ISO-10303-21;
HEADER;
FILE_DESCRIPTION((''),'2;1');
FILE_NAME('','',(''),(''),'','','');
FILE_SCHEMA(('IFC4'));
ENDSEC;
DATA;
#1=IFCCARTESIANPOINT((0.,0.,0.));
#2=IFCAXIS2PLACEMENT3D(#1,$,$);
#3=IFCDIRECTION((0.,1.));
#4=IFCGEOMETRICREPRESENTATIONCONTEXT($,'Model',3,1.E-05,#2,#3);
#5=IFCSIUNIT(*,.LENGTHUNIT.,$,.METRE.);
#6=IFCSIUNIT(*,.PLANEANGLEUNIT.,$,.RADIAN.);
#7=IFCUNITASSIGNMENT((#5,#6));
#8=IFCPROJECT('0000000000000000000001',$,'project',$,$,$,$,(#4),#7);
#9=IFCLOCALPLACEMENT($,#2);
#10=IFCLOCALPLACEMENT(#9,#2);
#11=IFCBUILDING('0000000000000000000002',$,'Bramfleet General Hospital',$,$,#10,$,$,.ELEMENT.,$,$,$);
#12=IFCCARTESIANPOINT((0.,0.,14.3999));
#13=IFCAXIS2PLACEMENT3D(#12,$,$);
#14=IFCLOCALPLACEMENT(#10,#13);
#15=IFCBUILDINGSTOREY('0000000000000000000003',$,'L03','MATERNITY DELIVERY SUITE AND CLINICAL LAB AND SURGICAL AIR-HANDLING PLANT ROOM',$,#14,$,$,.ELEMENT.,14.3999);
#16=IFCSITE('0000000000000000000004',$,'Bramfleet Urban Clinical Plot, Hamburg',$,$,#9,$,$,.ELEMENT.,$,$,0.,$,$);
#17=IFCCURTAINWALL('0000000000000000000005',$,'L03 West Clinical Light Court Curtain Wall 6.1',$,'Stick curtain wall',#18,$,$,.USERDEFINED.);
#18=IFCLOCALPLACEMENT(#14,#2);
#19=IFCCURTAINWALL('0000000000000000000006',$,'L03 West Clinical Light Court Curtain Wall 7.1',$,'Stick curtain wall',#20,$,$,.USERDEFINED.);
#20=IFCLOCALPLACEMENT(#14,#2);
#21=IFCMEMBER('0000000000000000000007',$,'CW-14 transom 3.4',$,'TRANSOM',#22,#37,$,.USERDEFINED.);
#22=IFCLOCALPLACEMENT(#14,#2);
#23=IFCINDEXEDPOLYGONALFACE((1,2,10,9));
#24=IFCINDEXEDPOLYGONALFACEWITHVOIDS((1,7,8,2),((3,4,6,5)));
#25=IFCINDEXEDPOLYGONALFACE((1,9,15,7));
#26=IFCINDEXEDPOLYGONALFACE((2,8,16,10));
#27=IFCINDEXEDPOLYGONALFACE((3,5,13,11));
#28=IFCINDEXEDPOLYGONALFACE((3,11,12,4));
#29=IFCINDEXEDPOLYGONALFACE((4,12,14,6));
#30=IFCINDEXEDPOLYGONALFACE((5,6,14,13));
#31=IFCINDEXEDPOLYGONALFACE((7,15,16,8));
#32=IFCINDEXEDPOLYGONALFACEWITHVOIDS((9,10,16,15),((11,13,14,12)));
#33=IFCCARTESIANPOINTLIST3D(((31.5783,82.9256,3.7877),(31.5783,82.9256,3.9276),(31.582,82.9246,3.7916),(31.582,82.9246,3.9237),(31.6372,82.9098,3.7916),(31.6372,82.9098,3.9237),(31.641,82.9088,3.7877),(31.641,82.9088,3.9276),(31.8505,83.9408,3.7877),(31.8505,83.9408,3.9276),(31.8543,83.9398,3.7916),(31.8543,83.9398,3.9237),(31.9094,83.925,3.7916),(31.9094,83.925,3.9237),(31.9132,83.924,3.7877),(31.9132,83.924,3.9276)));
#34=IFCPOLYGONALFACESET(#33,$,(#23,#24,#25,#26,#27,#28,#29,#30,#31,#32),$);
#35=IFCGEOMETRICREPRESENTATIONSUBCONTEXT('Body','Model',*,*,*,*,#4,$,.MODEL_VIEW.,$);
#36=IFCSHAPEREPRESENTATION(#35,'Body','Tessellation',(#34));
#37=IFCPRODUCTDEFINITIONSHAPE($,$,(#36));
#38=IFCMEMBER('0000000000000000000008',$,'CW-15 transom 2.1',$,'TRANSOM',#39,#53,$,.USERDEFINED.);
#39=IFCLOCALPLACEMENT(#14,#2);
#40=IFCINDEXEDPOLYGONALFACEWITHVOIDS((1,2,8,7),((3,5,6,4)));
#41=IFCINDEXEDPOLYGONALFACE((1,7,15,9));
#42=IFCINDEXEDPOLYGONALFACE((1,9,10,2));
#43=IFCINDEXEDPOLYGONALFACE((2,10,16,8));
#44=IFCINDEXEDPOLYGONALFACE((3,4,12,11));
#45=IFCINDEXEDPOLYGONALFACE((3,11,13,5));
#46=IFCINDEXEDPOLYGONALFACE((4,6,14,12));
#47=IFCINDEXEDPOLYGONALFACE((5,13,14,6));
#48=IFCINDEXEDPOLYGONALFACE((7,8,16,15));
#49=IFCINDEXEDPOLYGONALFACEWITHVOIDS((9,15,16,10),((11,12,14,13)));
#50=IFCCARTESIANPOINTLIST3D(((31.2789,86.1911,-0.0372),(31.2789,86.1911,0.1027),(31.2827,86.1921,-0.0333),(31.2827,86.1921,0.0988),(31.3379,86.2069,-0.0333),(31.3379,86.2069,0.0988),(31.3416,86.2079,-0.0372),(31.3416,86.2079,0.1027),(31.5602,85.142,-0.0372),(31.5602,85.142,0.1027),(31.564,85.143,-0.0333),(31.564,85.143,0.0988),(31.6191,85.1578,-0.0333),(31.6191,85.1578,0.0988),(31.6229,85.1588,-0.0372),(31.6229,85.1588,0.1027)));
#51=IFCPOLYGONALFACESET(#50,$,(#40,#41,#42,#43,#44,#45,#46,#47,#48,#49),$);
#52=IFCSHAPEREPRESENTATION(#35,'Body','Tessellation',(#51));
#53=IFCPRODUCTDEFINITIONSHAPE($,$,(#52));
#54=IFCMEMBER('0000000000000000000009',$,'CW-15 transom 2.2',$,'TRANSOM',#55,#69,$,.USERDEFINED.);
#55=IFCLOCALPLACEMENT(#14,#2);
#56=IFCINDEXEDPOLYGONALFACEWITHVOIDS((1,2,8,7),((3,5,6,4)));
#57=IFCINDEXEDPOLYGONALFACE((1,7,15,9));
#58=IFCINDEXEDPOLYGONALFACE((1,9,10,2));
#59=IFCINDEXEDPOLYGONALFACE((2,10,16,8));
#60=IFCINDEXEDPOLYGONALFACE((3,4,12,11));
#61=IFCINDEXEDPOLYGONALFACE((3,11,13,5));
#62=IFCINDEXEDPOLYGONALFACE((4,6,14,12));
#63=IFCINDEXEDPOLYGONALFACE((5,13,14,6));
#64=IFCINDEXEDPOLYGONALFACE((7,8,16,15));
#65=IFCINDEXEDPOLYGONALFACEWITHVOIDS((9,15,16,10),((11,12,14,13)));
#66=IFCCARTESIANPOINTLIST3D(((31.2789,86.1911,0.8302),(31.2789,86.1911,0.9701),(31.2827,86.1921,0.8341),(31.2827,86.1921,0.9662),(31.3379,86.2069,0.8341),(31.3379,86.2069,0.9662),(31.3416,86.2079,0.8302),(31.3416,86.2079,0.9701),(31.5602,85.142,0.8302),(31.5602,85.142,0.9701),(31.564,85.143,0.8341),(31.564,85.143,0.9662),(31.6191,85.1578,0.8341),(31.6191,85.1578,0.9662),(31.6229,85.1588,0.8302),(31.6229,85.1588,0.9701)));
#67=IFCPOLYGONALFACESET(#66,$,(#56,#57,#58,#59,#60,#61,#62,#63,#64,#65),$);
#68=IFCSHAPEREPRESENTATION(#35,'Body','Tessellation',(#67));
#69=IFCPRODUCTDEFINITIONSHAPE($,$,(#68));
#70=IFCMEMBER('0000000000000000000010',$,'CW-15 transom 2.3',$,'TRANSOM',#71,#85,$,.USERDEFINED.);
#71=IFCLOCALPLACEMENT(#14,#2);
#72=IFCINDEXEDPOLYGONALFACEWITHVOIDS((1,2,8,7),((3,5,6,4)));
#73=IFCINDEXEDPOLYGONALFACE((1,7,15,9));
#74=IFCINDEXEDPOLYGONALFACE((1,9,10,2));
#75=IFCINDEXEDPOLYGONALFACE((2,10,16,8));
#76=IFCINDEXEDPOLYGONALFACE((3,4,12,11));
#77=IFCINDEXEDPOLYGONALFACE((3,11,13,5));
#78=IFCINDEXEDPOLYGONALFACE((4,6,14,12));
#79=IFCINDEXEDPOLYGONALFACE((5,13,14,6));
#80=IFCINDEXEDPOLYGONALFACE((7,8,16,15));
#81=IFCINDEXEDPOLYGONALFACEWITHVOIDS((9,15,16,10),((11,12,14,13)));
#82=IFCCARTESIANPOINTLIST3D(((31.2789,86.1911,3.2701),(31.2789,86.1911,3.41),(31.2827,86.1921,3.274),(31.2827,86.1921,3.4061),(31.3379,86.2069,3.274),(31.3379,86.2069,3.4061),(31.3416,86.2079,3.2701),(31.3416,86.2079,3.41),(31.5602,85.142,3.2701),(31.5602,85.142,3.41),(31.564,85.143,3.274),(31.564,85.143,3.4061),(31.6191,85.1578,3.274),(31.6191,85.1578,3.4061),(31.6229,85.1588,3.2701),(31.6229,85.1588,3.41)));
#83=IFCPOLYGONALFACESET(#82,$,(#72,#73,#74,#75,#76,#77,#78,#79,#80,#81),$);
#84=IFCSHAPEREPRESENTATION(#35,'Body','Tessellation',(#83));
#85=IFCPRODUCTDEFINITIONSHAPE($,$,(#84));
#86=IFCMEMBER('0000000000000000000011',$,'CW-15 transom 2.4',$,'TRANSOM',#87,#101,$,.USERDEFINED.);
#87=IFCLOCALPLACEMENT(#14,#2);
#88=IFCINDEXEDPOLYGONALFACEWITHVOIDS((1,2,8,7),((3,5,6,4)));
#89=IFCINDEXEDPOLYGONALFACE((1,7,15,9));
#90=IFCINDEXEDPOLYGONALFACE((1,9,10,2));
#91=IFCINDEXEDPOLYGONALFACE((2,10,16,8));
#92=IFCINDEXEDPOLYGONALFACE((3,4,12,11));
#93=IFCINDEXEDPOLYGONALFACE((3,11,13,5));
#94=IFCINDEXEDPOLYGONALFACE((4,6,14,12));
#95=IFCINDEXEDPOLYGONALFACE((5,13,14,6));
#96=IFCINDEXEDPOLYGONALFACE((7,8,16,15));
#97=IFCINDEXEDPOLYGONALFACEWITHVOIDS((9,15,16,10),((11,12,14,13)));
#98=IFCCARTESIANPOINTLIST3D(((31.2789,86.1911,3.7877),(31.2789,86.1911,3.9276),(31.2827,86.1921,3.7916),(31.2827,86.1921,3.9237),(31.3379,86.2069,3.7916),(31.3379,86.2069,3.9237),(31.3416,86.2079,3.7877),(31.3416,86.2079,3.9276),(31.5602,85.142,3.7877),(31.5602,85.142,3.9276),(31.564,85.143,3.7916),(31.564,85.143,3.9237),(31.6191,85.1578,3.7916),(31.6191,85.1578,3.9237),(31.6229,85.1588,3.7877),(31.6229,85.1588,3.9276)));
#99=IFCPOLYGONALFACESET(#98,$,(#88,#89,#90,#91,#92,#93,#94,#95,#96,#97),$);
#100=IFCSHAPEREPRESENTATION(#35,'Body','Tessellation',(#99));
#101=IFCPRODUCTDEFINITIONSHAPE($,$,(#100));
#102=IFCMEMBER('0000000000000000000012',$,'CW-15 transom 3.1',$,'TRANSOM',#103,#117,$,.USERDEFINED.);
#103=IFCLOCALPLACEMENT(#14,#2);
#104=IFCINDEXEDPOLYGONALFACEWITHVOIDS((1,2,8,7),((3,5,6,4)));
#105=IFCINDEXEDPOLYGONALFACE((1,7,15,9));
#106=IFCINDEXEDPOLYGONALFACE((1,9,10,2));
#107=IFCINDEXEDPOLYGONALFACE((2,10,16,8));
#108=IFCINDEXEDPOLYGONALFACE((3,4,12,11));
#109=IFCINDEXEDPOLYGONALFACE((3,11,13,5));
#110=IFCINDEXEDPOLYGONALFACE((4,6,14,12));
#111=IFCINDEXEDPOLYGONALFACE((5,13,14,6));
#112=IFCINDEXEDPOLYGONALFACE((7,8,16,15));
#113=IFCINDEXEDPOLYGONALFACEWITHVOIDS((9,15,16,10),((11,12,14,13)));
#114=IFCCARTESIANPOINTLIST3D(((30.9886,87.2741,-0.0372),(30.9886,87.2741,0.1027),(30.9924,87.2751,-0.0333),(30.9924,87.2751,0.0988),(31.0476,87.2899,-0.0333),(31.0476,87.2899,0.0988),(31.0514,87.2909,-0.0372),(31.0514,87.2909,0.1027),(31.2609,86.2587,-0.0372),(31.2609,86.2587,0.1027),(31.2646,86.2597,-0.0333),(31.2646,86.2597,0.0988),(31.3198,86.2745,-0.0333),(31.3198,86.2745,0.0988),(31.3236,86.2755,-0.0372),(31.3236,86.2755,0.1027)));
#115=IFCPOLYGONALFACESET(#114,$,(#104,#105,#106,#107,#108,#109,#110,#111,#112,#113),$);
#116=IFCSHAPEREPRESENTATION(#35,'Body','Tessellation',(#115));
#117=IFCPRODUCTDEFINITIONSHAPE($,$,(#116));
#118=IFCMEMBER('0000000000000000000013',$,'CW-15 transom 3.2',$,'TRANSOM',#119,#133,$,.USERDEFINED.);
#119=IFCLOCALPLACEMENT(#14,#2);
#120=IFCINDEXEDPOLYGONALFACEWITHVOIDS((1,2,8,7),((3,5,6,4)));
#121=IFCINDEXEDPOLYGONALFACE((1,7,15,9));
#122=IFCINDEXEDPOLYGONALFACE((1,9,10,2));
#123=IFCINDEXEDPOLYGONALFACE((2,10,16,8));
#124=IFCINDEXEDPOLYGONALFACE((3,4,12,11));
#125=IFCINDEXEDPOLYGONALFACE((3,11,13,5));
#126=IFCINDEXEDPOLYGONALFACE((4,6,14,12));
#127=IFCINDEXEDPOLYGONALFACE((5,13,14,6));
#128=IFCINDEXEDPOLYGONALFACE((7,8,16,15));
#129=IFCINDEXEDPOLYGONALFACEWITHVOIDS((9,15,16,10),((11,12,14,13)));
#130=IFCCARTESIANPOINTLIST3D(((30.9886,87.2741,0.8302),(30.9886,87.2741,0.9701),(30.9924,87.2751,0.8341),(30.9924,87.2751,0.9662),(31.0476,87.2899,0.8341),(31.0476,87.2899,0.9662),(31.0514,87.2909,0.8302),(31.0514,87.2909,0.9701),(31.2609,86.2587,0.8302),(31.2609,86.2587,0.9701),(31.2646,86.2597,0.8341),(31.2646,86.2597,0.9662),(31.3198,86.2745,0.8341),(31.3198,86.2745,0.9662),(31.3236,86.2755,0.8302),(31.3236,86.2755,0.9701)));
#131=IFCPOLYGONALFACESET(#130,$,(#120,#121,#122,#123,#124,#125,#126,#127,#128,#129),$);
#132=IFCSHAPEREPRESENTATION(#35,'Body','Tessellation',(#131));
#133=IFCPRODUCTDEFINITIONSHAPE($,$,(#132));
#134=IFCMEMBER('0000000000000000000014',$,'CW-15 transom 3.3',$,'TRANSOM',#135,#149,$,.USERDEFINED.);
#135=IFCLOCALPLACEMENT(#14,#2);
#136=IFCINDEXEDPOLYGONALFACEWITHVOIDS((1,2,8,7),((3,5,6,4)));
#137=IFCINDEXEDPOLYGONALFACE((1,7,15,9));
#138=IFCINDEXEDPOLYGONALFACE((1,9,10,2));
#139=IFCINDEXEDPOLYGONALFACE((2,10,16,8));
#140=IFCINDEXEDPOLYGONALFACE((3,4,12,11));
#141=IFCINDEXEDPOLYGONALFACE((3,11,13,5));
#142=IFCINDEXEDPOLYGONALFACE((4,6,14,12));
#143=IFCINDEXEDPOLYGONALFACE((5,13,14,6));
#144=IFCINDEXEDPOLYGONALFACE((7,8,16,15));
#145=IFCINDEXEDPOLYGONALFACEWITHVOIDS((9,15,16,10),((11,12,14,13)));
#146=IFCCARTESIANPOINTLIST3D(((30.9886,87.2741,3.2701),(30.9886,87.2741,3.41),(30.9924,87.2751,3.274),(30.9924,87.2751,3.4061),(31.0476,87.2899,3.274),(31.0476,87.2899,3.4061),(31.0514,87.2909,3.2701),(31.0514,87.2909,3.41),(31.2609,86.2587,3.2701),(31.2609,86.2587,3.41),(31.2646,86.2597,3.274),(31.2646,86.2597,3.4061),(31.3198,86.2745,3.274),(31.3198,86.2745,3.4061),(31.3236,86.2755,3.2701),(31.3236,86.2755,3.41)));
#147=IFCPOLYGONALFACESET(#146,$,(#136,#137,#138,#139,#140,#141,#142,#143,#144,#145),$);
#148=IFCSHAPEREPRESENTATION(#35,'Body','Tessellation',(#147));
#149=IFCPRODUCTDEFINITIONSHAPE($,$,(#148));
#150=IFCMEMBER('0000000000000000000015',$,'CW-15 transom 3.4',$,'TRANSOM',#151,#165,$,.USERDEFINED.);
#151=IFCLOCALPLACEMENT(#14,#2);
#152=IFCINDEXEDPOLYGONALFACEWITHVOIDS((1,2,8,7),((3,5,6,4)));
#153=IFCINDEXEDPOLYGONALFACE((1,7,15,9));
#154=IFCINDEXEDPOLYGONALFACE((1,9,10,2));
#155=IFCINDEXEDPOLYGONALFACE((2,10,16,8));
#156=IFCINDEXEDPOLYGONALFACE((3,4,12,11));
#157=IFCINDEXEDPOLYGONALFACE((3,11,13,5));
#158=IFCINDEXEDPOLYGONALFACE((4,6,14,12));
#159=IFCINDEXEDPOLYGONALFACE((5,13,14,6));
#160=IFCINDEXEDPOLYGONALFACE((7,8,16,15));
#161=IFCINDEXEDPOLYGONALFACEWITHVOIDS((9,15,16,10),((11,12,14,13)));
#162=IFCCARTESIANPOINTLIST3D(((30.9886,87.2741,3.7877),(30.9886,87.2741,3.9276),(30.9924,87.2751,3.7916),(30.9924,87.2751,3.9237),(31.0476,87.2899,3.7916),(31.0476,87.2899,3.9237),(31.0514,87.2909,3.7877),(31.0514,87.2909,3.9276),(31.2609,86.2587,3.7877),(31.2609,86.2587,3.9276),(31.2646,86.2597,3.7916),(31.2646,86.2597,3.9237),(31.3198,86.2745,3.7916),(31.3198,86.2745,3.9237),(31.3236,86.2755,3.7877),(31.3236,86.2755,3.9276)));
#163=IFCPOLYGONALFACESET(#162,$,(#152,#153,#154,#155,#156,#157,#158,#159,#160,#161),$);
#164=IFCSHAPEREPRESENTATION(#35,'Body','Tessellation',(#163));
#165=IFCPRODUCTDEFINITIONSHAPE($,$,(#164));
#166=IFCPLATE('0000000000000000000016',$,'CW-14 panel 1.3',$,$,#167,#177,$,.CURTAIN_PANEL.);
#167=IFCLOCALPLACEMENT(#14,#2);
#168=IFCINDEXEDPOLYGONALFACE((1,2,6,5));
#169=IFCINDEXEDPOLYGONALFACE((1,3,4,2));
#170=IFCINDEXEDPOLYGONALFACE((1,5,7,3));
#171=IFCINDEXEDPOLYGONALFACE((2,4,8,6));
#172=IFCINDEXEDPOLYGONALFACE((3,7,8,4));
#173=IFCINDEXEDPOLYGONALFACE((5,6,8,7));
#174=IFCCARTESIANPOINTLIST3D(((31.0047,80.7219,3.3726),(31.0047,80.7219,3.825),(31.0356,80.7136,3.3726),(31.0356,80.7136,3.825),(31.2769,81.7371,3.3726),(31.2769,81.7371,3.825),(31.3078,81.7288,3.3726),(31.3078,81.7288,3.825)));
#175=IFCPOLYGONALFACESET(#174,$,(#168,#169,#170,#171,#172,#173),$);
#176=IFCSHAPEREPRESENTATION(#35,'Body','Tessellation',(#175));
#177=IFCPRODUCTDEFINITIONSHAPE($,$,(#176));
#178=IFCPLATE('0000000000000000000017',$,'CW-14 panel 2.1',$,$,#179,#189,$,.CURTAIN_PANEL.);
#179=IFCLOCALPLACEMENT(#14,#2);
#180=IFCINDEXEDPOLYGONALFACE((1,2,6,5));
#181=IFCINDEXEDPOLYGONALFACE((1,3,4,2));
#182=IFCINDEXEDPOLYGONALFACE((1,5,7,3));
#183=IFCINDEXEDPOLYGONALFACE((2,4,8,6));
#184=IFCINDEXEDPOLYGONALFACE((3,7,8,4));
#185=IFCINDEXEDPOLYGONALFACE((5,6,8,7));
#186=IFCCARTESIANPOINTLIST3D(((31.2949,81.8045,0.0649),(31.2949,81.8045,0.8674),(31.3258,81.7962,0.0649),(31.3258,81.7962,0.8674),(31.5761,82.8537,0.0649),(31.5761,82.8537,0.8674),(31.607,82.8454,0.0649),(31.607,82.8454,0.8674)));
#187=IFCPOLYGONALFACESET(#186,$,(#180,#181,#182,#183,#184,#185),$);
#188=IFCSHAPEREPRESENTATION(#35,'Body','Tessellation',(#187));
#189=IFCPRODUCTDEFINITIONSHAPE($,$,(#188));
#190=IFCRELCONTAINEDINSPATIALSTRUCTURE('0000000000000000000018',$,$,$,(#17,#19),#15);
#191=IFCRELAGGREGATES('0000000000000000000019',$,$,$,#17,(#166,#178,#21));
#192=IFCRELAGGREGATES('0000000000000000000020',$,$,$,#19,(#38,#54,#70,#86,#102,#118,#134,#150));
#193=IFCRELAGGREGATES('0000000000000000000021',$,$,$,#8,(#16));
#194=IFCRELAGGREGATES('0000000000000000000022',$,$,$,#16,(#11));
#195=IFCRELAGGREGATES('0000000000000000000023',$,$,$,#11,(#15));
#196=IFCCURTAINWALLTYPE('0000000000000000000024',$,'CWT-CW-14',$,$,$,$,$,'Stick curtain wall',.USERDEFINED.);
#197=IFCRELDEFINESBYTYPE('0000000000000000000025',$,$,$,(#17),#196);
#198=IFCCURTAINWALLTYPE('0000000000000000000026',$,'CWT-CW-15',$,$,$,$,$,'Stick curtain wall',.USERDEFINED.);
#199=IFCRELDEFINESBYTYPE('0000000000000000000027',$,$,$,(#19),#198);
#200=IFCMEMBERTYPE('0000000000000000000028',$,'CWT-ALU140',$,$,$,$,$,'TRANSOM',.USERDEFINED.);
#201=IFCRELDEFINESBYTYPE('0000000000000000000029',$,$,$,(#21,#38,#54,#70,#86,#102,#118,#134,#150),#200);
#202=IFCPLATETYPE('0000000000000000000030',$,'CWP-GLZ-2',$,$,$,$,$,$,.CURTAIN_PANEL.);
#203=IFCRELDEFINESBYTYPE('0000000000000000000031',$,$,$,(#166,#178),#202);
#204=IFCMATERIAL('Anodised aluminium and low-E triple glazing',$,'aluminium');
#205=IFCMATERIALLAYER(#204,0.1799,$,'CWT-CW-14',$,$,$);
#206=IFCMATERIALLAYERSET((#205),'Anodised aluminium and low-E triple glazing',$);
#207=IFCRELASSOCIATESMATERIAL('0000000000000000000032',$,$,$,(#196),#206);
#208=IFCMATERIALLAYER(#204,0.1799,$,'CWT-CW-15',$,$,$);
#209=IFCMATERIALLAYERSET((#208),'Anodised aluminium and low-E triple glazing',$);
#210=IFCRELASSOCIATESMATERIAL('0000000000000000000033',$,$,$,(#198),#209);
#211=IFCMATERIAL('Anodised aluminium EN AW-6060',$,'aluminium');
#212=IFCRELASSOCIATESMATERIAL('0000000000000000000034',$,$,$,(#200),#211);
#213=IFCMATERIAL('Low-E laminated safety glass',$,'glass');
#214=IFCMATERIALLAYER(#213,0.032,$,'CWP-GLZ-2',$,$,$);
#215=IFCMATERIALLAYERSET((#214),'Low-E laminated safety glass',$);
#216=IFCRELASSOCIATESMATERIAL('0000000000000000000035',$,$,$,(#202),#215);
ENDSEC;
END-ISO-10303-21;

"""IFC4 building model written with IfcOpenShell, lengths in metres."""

from ifc_helpers import new_model, si_unit, direction, frame, origin, origin_2d, place, context, subcontext, project, spatial, rectangle, hollow_rectangle, extrude, material, layer, layer_set, material_profile, profile_set, type_object, element, aggregate, save


model = new_model("IFC4")

# Units and contexts
model_context = context("Model", 3, precision=1e-05, world=origin(), true_north=direction((0.0, 1.0)))
body_context = subcontext(model_context, "Body", "Model", "MODEL_VIEW")
ifc_project = project(units=[si_unit("LENGTHUNIT", "METRE"), si_unit("PLANEANGLEUNIT", "RADIAN")], contexts=[model_context])

# Site, building, storey
site_placement = place(None, origin())
site = spatial("IfcSite", under=ifc_project, at=site_placement, Name="Bramfleet Urban Clinical Plot, Hamburg", CompositionType="ELEMENT", RefElevation=0.0)
building_placement = place(site_placement, origin())
building = spatial("IfcBuilding", under=site, at=building_placement, Name="Bramfleet General Hospital", CompositionType="ELEMENT")
storey_placement = place(building_placement, frame((0.0, 0.0, 14.3999)))
storey = spatial("IfcBuildingStorey", under=building, at=storey_placement, Name="L03", Description="MATERNITY DELIVERY SUITE AND CLINICAL LAB AND SURGICAL AIR-HANDLING PLANT ROOM", CompositionType="ELEMENT", Elevation=14.3999)

# Curtain walls
ifc_material_1 = material(Name="Anodised aluminium and low-E triple glazing", Category="aluminium")
ifc_layer_1 = layer(ifc_material_1, 0.1799, Name="CWT-CW-14")
ifc_layer_set_1 = layer_set([ifc_layer_1], Name="Anodised aluminium and low-E triple glazing")
curtain_wall_type_1 = type_object("IfcCurtainWallType", Name="CWT-CW-14", ElementType="Stick curtain wall", PredefinedType="USERDEFINED", material=ifc_layer_set_1)
curtain_wall_1_placement = place(storey_placement, origin())
curtain_wall_1 = element("IfcCurtainWall", 1, at=curtain_wall_1_placement, inside=storey, type_object=curtain_wall_type_1, Name="L03 West Clinical Light Court Curtain Wall 6.1", ObjectType="Stick curtain wall", PredefinedType="USERDEFINED")
ifc_material_2 = material(Name="Anodised aluminium EN AW-6060", Category="aluminium")
ifc_layer_2 = layer(ifc_material_1, 0.1799, Name="CWT-CW-15")
ifc_layer_set_2 = layer_set([ifc_layer_2], Name="Anodised aluminium and low-E triple glazing")
curtain_wall_type_2 = type_object("IfcCurtainWallType", Name="CWT-CW-15", ElementType="Stick curtain wall", PredefinedType="USERDEFINED", material=ifc_layer_set_2)
curtain_wall_2_placement = place(storey_placement, origin())
curtain_wall_2 = element("IfcCurtainWall", 2, at=curtain_wall_2_placement, inside=storey, type_object=curtain_wall_type_2, Name="L03 West Clinical Light Court Curtain Wall 7.1", ObjectType="Stick curtain wall", PredefinedType="USERDEFINED")

# Members
ifc_material_profile_1 = material_profile(ifc_material_2, hollow_rectangle(XDim=0.0649, YDim=0.1399, WallThickness=0.0039, at=origin_2d()), Name="ALU 140x65x4.0")
ifc_profile_set_1 = profile_set([ifc_material_profile_1], Name="Anodised aluminium EN AW-6060")
member_type_1 = type_object("IfcMemberType", Name="CWT-ALU140", ElementType="TRANSOM", PredefinedType="USERDEFINED", material=ifc_profile_set_1)
member_1_placement = place(storey_placement, frame((31.6096, 82.9172, 3.8577), z_axis=(0.259007, 0.965875, 0.0), x_axis=(-0.965875, 0.259007, 0.0)))
member_1 = element("IfcMember", 3, at=member_1_placement, type_object=member_type_1, Name="CW-14 transom 3.4", ObjectType="TRANSOM", PredefinedType="USERDEFINED", context=body_context, shape_type="SweptSolid", body=[
    extrude(hollow_rectangle(XDim=0.0649, YDim=0.1399, WallThickness=0.0039, at=origin_2d()), origin(), (0.0, 0.0, 1.0), 1.051),
])
member_2_placement = place(storey_placement, frame((31.5916, 85.1504, 0.0327), z_axis=(-0.25895, 0.965891, 0.0), x_axis=(-0.965891, -0.25895, 0.0)))
member_2 = element("IfcMember", 4, at=member_2_placement, type_object=member_type_1, Name="CW-15 transom 2.1", ObjectType="TRANSOM", PredefinedType="USERDEFINED", context=body_context, shape_type="SweptSolid", body=[
    extrude(hollow_rectangle(XDim=0.0649, YDim=0.1399, WallThickness=0.0039, at=origin_2d()), origin(), (0.0, 0.0, 1.0), 1.0862),
])
member_3_placement = place(storey_placement, frame((31.5916, 85.1504, 0.9001), z_axis=(-0.25895, 0.965891, 0.0), x_axis=(-0.965891, -0.25895, 0.0)))
member_3 = element("IfcMember", 5, at=member_3_placement, type_object=member_type_1, Name="CW-15 transom 2.2", ObjectType="TRANSOM", PredefinedType="USERDEFINED", context=body_context, shape_type="SweptSolid", body=[
    extrude(hollow_rectangle(XDim=0.0649, YDim=0.1399, WallThickness=0.0039, at=origin_2d()), origin(), (0.0, 0.0, 1.0), 1.0862),
])
member_4_placement = place(storey_placement, frame((31.5916, 85.1504, 3.3401), z_axis=(-0.25895, 0.965891, 0.0), x_axis=(-0.965891, -0.25895, 0.0)))
member_4 = element("IfcMember", 6, at=member_4_placement, type_object=member_type_1, Name="CW-15 transom 2.3", ObjectType="TRANSOM", PredefinedType="USERDEFINED", context=body_context, shape_type="SweptSolid", body=[
    extrude(hollow_rectangle(XDim=0.0649, YDim=0.1399, WallThickness=0.0039, at=origin_2d()), origin(), (0.0, 0.0, 1.0), 1.0862),
])
member_5_placement = place(storey_placement, frame((31.5916, 85.1504, 3.8577), z_axis=(-0.25895, 0.965891, 0.0), x_axis=(-0.965891, -0.25895, 0.0)))
member_5 = element("IfcMember", 7, at=member_5_placement, type_object=member_type_1, Name="CW-15 transom 2.4", ObjectType="TRANSOM", PredefinedType="USERDEFINED", context=body_context, shape_type="SweptSolid", body=[
    extrude(hollow_rectangle(XDim=0.0649, YDim=0.1399, WallThickness=0.0039, at=origin_2d()), origin(), (0.0, 0.0, 1.0), 1.0862),
])
member_6_placement = place(storey_placement, frame((31.2922, 86.2671, 0.0327), z_axis=(-0.258949, 0.965891, 0.0), x_axis=(-0.965891, -0.258949, 0.0)))
member_6 = element("IfcMember", 8, at=member_6_placement, type_object=member_type_1, Name="CW-15 transom 3.1", ObjectType="TRANSOM", PredefinedType="USERDEFINED", context=body_context, shape_type="SweptSolid", body=[
    extrude(hollow_rectangle(XDim=0.0649, YDim=0.1399, WallThickness=0.0039, at=origin_2d()), origin(), (0.0, 0.0, 1.0), 1.0513),
])
member_7_placement = place(storey_placement, frame((31.2922, 86.2671, 0.9001), z_axis=(-0.258949, 0.965891, 0.0), x_axis=(-0.965891, -0.258949, 0.0)))
member_7 = element("IfcMember", 9, at=member_7_placement, type_object=member_type_1, Name="CW-15 transom 3.2", ObjectType="TRANSOM", PredefinedType="USERDEFINED", context=body_context, shape_type="SweptSolid", body=[
    extrude(hollow_rectangle(XDim=0.0649, YDim=0.1399, WallThickness=0.0039, at=origin_2d()), origin(), (0.0, 0.0, 1.0), 1.0513),
])
member_8_placement = place(storey_placement, frame((31.2922, 86.2671, 3.3401), z_axis=(-0.258949, 0.965891, 0.0), x_axis=(-0.965891, -0.258949, 0.0)))
member_8 = element("IfcMember", 10, at=member_8_placement, type_object=member_type_1, Name="CW-15 transom 3.3", ObjectType="TRANSOM", PredefinedType="USERDEFINED", context=body_context, shape_type="SweptSolid", body=[
    extrude(hollow_rectangle(XDim=0.0649, YDim=0.1399, WallThickness=0.0039, at=origin_2d()), origin(), (0.0, 0.0, 1.0), 1.0513),
])
member_9_placement = place(storey_placement, frame((31.2922, 86.2671, 3.8577), z_axis=(-0.258949, 0.965891, 0.0), x_axis=(-0.965891, -0.258949, 0.0)))
member_9 = element("IfcMember", 11, at=member_9_placement, type_object=member_type_1, Name="CW-15 transom 3.4", ObjectType="TRANSOM", PredefinedType="USERDEFINED", context=body_context, shape_type="SweptSolid", body=[
    extrude(hollow_rectangle(XDim=0.0649, YDim=0.1399, WallThickness=0.0039, at=origin_2d()), origin(), (0.0, 0.0, 1.0), 1.0513),
])

# Plates
ifc_material_3 = material(Name="Low-E laminated safety glass", Category="glass")
ifc_layer_3 = layer(ifc_material_3, 0.032, Name="CWP-GLZ-2")
ifc_layer_set_3 = layer_set([ifc_layer_3], Name="Low-E laminated safety glass")
plate_type = type_object("IfcPlateType", Name="CWP-GLZ-2", PredefinedType="CURTAIN_PANEL", material=ifc_layer_set_3)
plate_1_placement = place(storey_placement, frame((31.1562, 81.2253, 3.3726), z_axis=(0.0, 0.0, 1.0), x_axis=(0.258919, 0.965899, 0.0)))
plate_1 = element("IfcPlate", 12, at=plate_1_placement, type_object=plate_type, Name="CW-14 panel 1.3", PredefinedType="CURTAIN_PANEL", context=body_context, shape_type="SweptSolid", body=[
    extrude(rectangle(XDim=1.051, YDim=0.032, at=origin_2d()), origin(), (0.0, 0.0, 1.0), 0.4524),
])
plate_2_placement = place(storey_placement, frame((31.4509, 82.325, 0.0649), z_axis=(0.0, 0.0, 1.0), x_axis=(0.258919, 0.965899, 0.0)))
plate_2 = element("IfcPlate", 13, at=plate_2_placement, type_object=plate_type, Name="CW-14 panel 2.1", PredefinedType="CURTAIN_PANEL", context=body_context, shape_type="SweptSolid", body=[
    extrude(rectangle(XDim=1.0862, YDim=0.032, at=origin_2d()), origin(), (0.0, 0.0, 1.0), 0.8025),
])
aggregate(curtain_wall_1, [plate_1, plate_2, member_1])
aggregate(curtain_wall_2, [member_2, member_3, member_4, member_5, member_6, member_7, member_8, member_9])

save(model, "model.ifc")
